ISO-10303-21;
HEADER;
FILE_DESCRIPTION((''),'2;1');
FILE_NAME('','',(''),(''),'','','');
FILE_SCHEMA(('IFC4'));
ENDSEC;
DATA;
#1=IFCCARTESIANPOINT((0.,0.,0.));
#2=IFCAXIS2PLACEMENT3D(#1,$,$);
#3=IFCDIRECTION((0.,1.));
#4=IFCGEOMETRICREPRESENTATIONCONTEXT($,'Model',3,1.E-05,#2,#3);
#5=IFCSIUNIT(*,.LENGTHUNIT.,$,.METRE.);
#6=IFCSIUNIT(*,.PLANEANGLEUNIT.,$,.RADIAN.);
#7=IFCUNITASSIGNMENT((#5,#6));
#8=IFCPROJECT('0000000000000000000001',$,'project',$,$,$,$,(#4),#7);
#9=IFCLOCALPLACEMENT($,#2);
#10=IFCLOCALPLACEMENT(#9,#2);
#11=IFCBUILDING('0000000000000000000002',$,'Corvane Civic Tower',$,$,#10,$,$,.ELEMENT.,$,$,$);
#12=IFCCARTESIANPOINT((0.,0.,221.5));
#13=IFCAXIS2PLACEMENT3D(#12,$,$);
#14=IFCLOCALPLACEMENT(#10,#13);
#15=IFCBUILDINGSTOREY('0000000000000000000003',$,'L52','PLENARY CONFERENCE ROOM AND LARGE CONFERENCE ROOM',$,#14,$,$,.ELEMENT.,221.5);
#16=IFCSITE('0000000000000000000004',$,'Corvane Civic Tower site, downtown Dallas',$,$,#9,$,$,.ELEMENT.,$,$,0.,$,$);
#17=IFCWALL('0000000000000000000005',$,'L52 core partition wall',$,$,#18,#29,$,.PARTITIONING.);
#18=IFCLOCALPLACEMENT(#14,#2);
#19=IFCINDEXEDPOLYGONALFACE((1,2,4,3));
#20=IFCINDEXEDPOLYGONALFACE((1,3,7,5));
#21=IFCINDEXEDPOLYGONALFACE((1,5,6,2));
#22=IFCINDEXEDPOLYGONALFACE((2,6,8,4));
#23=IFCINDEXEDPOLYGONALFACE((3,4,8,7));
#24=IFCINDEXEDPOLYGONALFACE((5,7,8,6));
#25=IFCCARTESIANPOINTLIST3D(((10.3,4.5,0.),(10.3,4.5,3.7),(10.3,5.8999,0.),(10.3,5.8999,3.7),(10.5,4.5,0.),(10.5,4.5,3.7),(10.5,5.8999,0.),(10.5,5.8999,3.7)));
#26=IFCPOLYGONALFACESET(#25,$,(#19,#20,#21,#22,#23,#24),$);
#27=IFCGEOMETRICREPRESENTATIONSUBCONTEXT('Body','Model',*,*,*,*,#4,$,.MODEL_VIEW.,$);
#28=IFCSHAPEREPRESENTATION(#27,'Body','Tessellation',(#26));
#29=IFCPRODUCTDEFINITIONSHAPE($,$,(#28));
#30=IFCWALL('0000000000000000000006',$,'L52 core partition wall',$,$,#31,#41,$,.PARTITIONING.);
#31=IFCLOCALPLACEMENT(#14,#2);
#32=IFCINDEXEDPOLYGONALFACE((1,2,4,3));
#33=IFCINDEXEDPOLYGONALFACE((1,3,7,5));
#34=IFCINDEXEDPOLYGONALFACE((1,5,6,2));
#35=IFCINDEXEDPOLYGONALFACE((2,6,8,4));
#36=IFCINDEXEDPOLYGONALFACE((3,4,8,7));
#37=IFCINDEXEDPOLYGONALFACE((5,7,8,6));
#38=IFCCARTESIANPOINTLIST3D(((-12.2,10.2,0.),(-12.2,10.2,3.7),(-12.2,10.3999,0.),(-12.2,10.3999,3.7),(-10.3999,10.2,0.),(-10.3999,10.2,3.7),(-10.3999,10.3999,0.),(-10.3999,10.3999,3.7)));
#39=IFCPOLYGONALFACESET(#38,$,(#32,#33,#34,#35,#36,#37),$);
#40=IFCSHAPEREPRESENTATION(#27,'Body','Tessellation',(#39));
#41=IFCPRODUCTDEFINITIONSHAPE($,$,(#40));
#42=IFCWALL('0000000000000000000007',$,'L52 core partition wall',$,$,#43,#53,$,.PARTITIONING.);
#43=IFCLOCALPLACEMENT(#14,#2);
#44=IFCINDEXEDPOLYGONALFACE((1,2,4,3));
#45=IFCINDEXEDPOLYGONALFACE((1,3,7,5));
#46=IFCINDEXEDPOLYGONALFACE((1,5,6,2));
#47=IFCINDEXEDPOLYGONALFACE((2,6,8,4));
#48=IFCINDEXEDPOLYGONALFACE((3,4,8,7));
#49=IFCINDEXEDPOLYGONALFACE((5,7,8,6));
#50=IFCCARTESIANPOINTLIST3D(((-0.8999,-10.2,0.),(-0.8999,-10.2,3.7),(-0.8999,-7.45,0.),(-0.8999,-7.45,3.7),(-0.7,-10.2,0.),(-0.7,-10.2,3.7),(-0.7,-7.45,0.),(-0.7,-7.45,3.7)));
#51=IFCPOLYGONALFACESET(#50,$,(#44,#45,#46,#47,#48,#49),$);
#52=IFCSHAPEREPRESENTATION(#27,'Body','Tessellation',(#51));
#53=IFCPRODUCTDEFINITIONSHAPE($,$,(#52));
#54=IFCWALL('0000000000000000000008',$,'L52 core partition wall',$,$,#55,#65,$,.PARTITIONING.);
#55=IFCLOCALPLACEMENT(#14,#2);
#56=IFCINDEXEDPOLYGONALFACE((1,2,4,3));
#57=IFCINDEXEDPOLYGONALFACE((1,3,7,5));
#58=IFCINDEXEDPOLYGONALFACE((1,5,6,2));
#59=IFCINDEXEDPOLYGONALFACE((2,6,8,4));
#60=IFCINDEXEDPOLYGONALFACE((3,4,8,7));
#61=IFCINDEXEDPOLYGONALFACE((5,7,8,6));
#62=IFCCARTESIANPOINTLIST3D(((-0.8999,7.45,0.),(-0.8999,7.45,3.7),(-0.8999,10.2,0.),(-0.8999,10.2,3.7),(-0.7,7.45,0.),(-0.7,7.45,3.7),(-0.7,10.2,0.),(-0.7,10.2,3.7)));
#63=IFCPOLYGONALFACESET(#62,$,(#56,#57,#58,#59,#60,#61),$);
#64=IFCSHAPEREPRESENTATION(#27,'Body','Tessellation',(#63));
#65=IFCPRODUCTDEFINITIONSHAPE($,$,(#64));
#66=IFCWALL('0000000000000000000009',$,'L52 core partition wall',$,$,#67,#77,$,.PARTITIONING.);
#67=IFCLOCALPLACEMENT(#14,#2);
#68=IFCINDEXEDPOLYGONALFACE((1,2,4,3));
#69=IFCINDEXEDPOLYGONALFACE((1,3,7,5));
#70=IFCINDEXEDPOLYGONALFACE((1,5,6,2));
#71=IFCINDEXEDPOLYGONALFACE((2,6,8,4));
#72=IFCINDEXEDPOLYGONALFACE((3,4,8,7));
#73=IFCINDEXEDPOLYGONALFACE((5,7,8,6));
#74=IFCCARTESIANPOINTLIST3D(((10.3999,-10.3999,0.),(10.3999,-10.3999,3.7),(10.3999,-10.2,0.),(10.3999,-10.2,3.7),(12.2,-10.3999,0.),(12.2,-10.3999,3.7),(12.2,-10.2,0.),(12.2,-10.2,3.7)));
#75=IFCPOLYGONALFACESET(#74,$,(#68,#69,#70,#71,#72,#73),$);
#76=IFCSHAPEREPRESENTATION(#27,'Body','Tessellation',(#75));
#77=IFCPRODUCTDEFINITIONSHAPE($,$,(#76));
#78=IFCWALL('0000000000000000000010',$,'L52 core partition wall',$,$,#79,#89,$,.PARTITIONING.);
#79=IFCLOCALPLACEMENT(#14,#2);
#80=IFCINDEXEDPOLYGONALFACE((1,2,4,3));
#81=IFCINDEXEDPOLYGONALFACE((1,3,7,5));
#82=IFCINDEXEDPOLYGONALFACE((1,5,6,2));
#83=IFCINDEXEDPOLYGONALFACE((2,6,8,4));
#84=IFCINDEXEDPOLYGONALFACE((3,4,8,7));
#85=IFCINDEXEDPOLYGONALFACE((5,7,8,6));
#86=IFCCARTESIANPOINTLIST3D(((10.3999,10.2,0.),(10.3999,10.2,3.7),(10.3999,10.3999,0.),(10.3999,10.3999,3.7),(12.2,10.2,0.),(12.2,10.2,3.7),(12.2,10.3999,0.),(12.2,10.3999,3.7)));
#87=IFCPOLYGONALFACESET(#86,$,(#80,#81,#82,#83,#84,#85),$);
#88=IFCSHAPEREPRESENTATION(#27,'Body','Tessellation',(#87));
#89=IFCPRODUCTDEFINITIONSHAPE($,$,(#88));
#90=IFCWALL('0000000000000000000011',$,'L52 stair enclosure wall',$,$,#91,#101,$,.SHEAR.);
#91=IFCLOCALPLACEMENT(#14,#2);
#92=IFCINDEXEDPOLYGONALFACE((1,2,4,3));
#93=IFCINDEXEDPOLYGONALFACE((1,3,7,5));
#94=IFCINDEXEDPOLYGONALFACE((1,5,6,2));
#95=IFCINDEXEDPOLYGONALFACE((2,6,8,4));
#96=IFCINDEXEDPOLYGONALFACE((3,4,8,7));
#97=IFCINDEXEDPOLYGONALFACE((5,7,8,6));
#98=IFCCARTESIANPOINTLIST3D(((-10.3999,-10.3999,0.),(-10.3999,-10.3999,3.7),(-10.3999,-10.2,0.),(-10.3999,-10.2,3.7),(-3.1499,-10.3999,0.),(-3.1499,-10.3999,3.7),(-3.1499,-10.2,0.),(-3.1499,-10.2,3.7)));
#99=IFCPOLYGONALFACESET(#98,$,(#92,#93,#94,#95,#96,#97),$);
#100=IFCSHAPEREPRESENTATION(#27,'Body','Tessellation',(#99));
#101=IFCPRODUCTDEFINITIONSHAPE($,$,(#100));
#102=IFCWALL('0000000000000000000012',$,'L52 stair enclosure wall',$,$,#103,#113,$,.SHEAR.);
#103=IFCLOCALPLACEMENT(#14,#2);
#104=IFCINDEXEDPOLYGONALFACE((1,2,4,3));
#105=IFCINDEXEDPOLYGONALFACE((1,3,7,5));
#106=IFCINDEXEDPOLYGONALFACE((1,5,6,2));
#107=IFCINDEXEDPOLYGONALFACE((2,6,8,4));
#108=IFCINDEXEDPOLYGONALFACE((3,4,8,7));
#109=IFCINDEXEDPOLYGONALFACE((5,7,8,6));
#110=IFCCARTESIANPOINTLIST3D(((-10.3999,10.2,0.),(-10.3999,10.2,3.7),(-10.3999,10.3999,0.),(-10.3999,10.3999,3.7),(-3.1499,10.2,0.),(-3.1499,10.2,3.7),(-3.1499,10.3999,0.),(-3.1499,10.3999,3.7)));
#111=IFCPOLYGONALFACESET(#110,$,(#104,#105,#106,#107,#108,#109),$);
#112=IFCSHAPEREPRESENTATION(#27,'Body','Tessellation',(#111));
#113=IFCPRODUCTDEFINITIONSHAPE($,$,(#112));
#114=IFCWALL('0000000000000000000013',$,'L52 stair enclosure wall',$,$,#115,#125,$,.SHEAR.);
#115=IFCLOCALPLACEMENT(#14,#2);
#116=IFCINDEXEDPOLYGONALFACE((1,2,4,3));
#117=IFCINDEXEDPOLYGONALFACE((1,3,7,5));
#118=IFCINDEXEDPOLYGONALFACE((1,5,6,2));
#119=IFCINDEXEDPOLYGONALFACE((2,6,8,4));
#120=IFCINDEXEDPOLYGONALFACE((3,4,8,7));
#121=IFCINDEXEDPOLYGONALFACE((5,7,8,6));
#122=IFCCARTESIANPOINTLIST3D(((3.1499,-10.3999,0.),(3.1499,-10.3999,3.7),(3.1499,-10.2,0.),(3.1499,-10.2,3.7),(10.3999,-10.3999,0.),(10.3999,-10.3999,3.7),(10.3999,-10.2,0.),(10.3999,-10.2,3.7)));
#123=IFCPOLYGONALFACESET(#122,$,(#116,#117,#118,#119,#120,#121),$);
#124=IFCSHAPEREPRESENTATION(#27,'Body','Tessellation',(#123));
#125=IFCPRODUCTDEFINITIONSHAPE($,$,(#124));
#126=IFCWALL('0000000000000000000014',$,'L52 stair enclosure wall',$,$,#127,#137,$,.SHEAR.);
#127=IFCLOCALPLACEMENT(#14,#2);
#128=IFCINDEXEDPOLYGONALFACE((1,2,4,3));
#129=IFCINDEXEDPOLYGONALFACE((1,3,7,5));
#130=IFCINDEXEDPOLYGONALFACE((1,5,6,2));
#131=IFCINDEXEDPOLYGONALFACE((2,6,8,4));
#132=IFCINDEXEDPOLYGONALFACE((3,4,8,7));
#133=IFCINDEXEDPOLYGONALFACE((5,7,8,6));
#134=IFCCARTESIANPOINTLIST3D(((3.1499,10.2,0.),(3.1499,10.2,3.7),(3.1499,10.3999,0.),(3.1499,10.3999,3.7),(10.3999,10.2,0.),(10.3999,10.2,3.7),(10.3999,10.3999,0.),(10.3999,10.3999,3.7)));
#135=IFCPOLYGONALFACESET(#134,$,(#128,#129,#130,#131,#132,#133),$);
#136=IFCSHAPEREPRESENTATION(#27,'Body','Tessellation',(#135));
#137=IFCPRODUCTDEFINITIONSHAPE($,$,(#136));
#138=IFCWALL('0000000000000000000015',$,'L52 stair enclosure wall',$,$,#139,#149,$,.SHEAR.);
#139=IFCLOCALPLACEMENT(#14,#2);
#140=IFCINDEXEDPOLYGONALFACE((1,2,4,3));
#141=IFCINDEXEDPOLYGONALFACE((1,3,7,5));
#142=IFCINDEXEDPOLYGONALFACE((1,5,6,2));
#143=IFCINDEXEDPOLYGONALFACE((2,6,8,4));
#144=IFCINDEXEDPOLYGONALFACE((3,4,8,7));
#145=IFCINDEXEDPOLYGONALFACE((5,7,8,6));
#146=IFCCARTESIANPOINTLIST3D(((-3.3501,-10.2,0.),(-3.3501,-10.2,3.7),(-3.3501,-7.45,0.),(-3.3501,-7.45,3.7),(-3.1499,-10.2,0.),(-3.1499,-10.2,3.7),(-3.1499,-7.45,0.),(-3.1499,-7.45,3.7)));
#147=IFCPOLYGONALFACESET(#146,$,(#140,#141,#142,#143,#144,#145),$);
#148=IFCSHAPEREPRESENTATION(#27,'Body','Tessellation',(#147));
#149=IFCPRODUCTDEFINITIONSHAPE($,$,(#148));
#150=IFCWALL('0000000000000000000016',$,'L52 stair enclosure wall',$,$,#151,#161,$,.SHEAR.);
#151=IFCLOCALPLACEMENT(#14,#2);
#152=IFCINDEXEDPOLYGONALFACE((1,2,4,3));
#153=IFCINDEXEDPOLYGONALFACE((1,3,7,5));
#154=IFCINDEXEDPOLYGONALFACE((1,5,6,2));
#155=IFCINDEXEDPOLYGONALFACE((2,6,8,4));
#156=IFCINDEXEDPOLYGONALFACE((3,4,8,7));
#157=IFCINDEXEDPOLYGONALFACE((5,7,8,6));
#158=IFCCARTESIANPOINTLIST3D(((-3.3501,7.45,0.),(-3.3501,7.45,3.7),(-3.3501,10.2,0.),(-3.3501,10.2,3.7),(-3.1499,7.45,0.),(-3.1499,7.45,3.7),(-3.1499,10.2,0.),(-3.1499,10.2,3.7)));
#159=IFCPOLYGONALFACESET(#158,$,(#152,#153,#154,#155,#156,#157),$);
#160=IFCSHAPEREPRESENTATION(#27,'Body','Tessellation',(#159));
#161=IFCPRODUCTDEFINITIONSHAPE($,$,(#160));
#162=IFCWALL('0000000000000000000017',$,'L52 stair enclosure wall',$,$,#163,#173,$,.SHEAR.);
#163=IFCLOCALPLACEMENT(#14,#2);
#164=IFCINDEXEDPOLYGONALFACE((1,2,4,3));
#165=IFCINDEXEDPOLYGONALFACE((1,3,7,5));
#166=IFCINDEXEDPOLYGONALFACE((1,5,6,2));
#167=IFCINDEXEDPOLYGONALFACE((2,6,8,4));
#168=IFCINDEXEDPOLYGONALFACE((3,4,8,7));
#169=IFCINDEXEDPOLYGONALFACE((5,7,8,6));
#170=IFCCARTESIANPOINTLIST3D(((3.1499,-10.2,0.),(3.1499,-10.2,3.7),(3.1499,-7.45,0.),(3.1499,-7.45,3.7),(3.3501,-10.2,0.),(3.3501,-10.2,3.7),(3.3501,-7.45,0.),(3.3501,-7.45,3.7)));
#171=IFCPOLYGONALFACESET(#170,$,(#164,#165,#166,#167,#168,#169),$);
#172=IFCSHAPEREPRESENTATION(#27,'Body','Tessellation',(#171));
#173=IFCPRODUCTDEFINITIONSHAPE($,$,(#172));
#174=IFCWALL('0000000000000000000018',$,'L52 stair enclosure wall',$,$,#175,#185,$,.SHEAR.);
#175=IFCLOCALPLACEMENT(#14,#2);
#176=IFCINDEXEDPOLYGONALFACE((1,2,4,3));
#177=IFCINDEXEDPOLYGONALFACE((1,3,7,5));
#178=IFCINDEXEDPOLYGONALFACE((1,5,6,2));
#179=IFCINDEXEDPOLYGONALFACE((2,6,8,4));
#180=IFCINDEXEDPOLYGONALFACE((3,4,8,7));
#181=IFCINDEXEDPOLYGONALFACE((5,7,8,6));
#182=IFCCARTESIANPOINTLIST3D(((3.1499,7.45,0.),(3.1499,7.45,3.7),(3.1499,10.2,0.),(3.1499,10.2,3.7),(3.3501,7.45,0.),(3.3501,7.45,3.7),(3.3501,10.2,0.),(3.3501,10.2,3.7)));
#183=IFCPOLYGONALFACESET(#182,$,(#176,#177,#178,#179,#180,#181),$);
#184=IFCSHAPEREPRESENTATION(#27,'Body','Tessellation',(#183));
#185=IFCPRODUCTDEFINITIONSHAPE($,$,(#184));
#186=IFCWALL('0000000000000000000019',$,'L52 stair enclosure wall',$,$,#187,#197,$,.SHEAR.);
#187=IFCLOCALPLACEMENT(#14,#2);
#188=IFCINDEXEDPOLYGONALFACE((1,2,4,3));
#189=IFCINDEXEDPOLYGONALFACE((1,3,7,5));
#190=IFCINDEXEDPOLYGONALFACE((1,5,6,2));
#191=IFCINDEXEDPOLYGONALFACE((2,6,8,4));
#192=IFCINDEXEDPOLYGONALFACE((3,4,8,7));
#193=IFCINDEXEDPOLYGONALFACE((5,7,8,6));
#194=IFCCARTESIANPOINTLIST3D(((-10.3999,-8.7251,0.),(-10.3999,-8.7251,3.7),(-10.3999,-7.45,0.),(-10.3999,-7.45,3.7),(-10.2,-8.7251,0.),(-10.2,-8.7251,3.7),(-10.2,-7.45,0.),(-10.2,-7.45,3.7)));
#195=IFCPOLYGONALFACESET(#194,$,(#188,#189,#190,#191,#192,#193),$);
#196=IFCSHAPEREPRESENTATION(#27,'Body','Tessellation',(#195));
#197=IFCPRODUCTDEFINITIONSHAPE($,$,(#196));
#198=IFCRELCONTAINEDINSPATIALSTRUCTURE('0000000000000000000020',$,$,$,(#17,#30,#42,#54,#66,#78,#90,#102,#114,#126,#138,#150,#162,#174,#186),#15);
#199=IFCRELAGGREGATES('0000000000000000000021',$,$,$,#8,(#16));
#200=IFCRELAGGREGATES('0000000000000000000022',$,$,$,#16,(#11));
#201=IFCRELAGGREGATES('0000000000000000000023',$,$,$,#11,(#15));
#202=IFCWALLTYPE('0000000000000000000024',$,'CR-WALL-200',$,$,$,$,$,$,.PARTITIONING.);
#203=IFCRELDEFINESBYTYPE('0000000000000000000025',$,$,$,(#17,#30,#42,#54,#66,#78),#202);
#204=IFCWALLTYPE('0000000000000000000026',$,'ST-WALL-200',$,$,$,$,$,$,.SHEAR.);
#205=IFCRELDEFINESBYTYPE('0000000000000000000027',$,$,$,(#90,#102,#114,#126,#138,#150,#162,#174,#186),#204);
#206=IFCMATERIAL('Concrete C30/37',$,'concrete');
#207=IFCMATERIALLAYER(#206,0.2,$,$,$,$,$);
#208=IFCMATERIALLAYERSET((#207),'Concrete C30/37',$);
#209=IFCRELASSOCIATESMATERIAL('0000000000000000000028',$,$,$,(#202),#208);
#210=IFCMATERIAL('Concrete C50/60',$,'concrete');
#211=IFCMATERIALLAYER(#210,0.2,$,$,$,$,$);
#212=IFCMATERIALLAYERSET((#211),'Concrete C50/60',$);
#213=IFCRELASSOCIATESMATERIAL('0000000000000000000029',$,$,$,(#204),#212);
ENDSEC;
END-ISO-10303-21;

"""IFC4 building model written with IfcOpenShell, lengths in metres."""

from ifc_helpers import new_model, si_unit, direction, frame, origin, place, context, subcontext, project, spatial, polyline, outline, extrude, material, layer, layer_set, type_object, element, save


model = new_model("IFC4")

# Units and contexts
model_context = context("Model", 3, precision=1e-05, world=origin(), true_north=direction((0.0, 1.0)))
body_context = subcontext(model_context, "Body", "Model", "MODEL_VIEW")
ifc_project = project(units=[si_unit("LENGTHUNIT", "METRE"), si_unit("PLANEANGLEUNIT", "RADIAN")], contexts=[model_context])

# Site, building, storey
site_placement = place(None, origin())
site = spatial("IfcSite", under=ifc_project, at=site_placement, Name="Corvane Civic Tower site, downtown Dallas", CompositionType="ELEMENT", RefElevation=0.0)
building_placement = place(site_placement, origin())
building = spatial("IfcBuilding", under=site, at=building_placement, Name="Corvane Civic Tower", CompositionType="ELEMENT")
storey_placement = place(building_placement, frame((0.0, 0.0, 221.5)))
storey = spatial("IfcBuildingStorey", under=building, at=storey_placement, Name="L52", Description="PLENARY CONFERENCE ROOM AND LARGE CONFERENCE ROOM", CompositionType="ELEMENT", Elevation=221.5)

# Walls
ifc_material_1 = material(Name="Concrete C30/37", Category="concrete")
ifc_layer_1 = layer(ifc_material_1, 0.2)
ifc_layer_set_1 = layer_set([ifc_layer_1], Name="Concrete C30/37")
wall_type_1 = type_object("IfcWallType", Name="CR-WALL-200", PredefinedType="PARTITIONING", material=ifc_layer_set_1)
wall_1_placement = place(storey_placement, origin())
element("IfcWall", 1, at=wall_1_placement, inside=storey, type_object=wall_type_1, Name="L52 core partition wall", PredefinedType="PARTITIONING", context=body_context, shape_type="SweptSolid", body=[
    extrude(outline(polyline([(10.5, 4.5), (10.3, 4.5), (10.3, 5.8999), (10.5, 5.8999), (10.5, 4.5)])), origin(), (0.0, 0.0, 1.0), 3.7),
])
wall_2_placement = place(storey_placement, origin())
element("IfcWall", 2, at=wall_2_placement, inside=storey, type_object=wall_type_1, Name="L52 core partition wall", PredefinedType="PARTITIONING", context=body_context, shape_type="SweptSolid", body=[
    extrude(outline(polyline([(-10.3999, 10.2), (-12.2, 10.2), (-12.2, 10.3999), (-10.3999, 10.3999), (-10.3999, 10.2)])), origin(), (0.0, 0.0, 1.0), 3.7),
])
wall_3_placement = place(storey_placement, origin())
element("IfcWall", 3, at=wall_3_placement, inside=storey, type_object=wall_type_1, Name="L52 core partition wall", PredefinedType="PARTITIONING", context=body_context, shape_type="SweptSolid", body=[
    extrude(outline(polyline([(-0.7, -10.2), (-0.8999, -10.2), (-0.8999, -7.45), (-0.7, -7.45), (-0.7, -10.2)])), origin(), (0.0, 0.0, 1.0), 3.7),
])
wall_4_placement = place(storey_placement, origin())
element("IfcWall", 4, at=wall_4_placement, inside=storey, type_object=wall_type_1, Name="L52 core partition wall", PredefinedType="PARTITIONING", context=body_context, shape_type="SweptSolid", body=[
    extrude(outline(polyline([(-0.7, 7.45), (-0.8999, 7.45), (-0.8999, 10.2), (-0.7, 10.2), (-0.7, 7.45)])), origin(), (0.0, 0.0, 1.0), 3.7),
])
wall_5_placement = place(storey_placement, origin())
element("IfcWall", 5, at=wall_5_placement, inside=storey, type_object=wall_type_1, Name="L52 core partition wall", PredefinedType="PARTITIONING", context=body_context, shape_type="SweptSolid", body=[
    extrude(outline(polyline([(10.3999, -10.3999), (10.3999, -10.2), (12.2, -10.2), (12.2, -10.3999), (10.3999, -10.3999)])), origin(), (0.0, 0.0, 1.0), 3.7),
])
wall_6_placement = place(storey_placement, origin())
element("IfcWall", 6, at=wall_6_placement, inside=storey, type_object=wall_type_1, Name="L52 core partition wall", PredefinedType="PARTITIONING", context=body_context, shape_type="SweptSolid", body=[
    extrude(outline(polyline([(10.3999, 10.2), (10.3999, 10.3999), (12.2, 10.3999), (12.2, 10.2), (10.3999, 10.2)])), origin(), (0.0, 0.0, 1.0), 3.7),
])
ifc_material_2 = material(Name="Concrete C50/60", Category="concrete")
ifc_layer_2 = layer(ifc_material_2, 0.2)
ifc_layer_set_2 = layer_set([ifc_layer_2], Name="Concrete C50/60")
wall_type_2 = type_object("IfcWallType", Name="ST-WALL-200", PredefinedType="SHEAR", material=ifc_layer_set_2)
wall_7_placement = place(storey_placement, origin())
element("IfcWall", 7, at=wall_7_placement, inside=storey, type_object=wall_type_2, Name="L52 stair enclosure wall", PredefinedType="SHEAR", context=body_context, shape_type="SweptSolid", body=[
    extrude(outline(polyline([(-3.1499, -10.2), (-3.1499, -10.3999), (-10.3999, -10.3999), (-10.3999, -10.2), (-3.1499, -10.2)])), origin(), (0.0, 0.0, 1.0), 3.7),
])
wall_8_placement = place(storey_placement, origin())
element("IfcWall", 8, at=wall_8_placement, inside=storey, type_object=wall_type_2, Name="L52 stair enclosure wall", PredefinedType="SHEAR", context=body_context, shape_type="SweptSolid", body=[
    extrude(outline(polyline([(-3.1499, 10.2), (-10.3999, 10.2), (-10.3999, 10.3999), (-3.1499, 10.3999), (-3.1499, 10.2)])), origin(), (0.0, 0.0, 1.0), 3.7),
])
wall_9_placement = place(storey_placement, origin())
element("IfcWall", 9, at=wall_9_placement, inside=storey, type_object=wall_type_2, Name="L52 stair enclosure wall", PredefinedType="SHEAR", context=body_context, shape_type="SweptSolid", body=[
    extrude(outline(polyline([(10.3999, -10.3999), (3.1499, -10.3999), (3.1499, -10.2), (10.3999, -10.2), (10.3999, -10.3999)])), origin(), (0.0, 0.0, 1.0), 3.7),
])
wall_10_placement = place(storey_placement, origin())
element("IfcWall", 10, at=wall_10_placement, inside=storey, type_object=wall_type_2, Name="L52 stair enclosure wall", PredefinedType="SHEAR", context=body_context, shape_type="SweptSolid", body=[
    extrude(outline(polyline([(10.3999, 10.2), (3.1499, 10.2), (3.1499, 10.3999), (10.3999, 10.3999), (10.3999, 10.2)])), origin(), (0.0, 0.0, 1.0), 3.7),
])
wall_11_placement = place(storey_placement, origin())
element("IfcWall", 11, at=wall_11_placement, inside=storey, type_object=wall_type_2, Name="L52 stair enclosure wall", PredefinedType="SHEAR", context=body_context, shape_type="SweptSolid", body=[
    extrude(outline(polyline([(-3.1499, -7.45), (-3.1499, -10.2), (-3.3501, -10.2), (-3.3501, -7.45), (-3.1499, -7.45)])), origin(), (0.0, 0.0, 1.0), 3.7),
])
wall_12_placement = place(storey_placement, origin())
element("IfcWall", 12, at=wall_12_placement, inside=storey, type_object=wall_type_2, Name="L52 stair enclosure wall", PredefinedType="SHEAR", context=body_context, shape_type="SweptSolid", body=[
    extrude(outline(polyline([(-3.1499, 7.45), (-3.3501, 7.45), (-3.3501, 10.2), (-3.1499, 10.2), (-3.1499, 7.45)])), origin(), (0.0, 0.0, 1.0), 3.7),
])
wall_13_placement = place(storey_placement, origin())
element("IfcWall", 13, at=wall_13_placement, inside=storey, type_object=wall_type_2, Name="L52 stair enclosure wall", PredefinedType="SHEAR", context=body_context, shape_type="SweptSolid", body=[
    extrude(outline(polyline([(3.3501, -7.45), (3.3501, -10.2), (3.1499, -10.2), (3.1499, -7.45), (3.3501, -7.45)])), origin(), (0.0, 0.0, 1.0), 3.7),
])
wall_14_placement = place(storey_placement, origin())
element("IfcWall", 14, at=wall_14_placement, inside=storey, type_object=wall_type_2, Name="L52 stair enclosure wall", PredefinedType="SHEAR", context=body_context, shape_type="SweptSolid", body=[
    extrude(outline(polyline([(3.3501, 7.45), (3.1499, 7.45), (3.1499, 10.2), (3.3501, 10.2), (3.3501, 7.45)])), origin(), (0.0, 0.0, 1.0), 3.7),
])
wall_15_placement = place(storey_placement, origin())
element("IfcWall", 15, at=wall_15_placement, inside=storey, type_object=wall_type_2, Name="L52 stair enclosure wall", PredefinedType="SHEAR", context=body_context, shape_type="SweptSolid", body=[
    extrude(outline(polyline([(-10.2, -7.45), (-10.2, -8.7251), (-10.3999, -8.7251), (-10.3999, -7.45), (-10.2, -7.45)])), origin(), (0.0, 0.0, 1.0), 3.7),
])

save(model, "model.ifc")
